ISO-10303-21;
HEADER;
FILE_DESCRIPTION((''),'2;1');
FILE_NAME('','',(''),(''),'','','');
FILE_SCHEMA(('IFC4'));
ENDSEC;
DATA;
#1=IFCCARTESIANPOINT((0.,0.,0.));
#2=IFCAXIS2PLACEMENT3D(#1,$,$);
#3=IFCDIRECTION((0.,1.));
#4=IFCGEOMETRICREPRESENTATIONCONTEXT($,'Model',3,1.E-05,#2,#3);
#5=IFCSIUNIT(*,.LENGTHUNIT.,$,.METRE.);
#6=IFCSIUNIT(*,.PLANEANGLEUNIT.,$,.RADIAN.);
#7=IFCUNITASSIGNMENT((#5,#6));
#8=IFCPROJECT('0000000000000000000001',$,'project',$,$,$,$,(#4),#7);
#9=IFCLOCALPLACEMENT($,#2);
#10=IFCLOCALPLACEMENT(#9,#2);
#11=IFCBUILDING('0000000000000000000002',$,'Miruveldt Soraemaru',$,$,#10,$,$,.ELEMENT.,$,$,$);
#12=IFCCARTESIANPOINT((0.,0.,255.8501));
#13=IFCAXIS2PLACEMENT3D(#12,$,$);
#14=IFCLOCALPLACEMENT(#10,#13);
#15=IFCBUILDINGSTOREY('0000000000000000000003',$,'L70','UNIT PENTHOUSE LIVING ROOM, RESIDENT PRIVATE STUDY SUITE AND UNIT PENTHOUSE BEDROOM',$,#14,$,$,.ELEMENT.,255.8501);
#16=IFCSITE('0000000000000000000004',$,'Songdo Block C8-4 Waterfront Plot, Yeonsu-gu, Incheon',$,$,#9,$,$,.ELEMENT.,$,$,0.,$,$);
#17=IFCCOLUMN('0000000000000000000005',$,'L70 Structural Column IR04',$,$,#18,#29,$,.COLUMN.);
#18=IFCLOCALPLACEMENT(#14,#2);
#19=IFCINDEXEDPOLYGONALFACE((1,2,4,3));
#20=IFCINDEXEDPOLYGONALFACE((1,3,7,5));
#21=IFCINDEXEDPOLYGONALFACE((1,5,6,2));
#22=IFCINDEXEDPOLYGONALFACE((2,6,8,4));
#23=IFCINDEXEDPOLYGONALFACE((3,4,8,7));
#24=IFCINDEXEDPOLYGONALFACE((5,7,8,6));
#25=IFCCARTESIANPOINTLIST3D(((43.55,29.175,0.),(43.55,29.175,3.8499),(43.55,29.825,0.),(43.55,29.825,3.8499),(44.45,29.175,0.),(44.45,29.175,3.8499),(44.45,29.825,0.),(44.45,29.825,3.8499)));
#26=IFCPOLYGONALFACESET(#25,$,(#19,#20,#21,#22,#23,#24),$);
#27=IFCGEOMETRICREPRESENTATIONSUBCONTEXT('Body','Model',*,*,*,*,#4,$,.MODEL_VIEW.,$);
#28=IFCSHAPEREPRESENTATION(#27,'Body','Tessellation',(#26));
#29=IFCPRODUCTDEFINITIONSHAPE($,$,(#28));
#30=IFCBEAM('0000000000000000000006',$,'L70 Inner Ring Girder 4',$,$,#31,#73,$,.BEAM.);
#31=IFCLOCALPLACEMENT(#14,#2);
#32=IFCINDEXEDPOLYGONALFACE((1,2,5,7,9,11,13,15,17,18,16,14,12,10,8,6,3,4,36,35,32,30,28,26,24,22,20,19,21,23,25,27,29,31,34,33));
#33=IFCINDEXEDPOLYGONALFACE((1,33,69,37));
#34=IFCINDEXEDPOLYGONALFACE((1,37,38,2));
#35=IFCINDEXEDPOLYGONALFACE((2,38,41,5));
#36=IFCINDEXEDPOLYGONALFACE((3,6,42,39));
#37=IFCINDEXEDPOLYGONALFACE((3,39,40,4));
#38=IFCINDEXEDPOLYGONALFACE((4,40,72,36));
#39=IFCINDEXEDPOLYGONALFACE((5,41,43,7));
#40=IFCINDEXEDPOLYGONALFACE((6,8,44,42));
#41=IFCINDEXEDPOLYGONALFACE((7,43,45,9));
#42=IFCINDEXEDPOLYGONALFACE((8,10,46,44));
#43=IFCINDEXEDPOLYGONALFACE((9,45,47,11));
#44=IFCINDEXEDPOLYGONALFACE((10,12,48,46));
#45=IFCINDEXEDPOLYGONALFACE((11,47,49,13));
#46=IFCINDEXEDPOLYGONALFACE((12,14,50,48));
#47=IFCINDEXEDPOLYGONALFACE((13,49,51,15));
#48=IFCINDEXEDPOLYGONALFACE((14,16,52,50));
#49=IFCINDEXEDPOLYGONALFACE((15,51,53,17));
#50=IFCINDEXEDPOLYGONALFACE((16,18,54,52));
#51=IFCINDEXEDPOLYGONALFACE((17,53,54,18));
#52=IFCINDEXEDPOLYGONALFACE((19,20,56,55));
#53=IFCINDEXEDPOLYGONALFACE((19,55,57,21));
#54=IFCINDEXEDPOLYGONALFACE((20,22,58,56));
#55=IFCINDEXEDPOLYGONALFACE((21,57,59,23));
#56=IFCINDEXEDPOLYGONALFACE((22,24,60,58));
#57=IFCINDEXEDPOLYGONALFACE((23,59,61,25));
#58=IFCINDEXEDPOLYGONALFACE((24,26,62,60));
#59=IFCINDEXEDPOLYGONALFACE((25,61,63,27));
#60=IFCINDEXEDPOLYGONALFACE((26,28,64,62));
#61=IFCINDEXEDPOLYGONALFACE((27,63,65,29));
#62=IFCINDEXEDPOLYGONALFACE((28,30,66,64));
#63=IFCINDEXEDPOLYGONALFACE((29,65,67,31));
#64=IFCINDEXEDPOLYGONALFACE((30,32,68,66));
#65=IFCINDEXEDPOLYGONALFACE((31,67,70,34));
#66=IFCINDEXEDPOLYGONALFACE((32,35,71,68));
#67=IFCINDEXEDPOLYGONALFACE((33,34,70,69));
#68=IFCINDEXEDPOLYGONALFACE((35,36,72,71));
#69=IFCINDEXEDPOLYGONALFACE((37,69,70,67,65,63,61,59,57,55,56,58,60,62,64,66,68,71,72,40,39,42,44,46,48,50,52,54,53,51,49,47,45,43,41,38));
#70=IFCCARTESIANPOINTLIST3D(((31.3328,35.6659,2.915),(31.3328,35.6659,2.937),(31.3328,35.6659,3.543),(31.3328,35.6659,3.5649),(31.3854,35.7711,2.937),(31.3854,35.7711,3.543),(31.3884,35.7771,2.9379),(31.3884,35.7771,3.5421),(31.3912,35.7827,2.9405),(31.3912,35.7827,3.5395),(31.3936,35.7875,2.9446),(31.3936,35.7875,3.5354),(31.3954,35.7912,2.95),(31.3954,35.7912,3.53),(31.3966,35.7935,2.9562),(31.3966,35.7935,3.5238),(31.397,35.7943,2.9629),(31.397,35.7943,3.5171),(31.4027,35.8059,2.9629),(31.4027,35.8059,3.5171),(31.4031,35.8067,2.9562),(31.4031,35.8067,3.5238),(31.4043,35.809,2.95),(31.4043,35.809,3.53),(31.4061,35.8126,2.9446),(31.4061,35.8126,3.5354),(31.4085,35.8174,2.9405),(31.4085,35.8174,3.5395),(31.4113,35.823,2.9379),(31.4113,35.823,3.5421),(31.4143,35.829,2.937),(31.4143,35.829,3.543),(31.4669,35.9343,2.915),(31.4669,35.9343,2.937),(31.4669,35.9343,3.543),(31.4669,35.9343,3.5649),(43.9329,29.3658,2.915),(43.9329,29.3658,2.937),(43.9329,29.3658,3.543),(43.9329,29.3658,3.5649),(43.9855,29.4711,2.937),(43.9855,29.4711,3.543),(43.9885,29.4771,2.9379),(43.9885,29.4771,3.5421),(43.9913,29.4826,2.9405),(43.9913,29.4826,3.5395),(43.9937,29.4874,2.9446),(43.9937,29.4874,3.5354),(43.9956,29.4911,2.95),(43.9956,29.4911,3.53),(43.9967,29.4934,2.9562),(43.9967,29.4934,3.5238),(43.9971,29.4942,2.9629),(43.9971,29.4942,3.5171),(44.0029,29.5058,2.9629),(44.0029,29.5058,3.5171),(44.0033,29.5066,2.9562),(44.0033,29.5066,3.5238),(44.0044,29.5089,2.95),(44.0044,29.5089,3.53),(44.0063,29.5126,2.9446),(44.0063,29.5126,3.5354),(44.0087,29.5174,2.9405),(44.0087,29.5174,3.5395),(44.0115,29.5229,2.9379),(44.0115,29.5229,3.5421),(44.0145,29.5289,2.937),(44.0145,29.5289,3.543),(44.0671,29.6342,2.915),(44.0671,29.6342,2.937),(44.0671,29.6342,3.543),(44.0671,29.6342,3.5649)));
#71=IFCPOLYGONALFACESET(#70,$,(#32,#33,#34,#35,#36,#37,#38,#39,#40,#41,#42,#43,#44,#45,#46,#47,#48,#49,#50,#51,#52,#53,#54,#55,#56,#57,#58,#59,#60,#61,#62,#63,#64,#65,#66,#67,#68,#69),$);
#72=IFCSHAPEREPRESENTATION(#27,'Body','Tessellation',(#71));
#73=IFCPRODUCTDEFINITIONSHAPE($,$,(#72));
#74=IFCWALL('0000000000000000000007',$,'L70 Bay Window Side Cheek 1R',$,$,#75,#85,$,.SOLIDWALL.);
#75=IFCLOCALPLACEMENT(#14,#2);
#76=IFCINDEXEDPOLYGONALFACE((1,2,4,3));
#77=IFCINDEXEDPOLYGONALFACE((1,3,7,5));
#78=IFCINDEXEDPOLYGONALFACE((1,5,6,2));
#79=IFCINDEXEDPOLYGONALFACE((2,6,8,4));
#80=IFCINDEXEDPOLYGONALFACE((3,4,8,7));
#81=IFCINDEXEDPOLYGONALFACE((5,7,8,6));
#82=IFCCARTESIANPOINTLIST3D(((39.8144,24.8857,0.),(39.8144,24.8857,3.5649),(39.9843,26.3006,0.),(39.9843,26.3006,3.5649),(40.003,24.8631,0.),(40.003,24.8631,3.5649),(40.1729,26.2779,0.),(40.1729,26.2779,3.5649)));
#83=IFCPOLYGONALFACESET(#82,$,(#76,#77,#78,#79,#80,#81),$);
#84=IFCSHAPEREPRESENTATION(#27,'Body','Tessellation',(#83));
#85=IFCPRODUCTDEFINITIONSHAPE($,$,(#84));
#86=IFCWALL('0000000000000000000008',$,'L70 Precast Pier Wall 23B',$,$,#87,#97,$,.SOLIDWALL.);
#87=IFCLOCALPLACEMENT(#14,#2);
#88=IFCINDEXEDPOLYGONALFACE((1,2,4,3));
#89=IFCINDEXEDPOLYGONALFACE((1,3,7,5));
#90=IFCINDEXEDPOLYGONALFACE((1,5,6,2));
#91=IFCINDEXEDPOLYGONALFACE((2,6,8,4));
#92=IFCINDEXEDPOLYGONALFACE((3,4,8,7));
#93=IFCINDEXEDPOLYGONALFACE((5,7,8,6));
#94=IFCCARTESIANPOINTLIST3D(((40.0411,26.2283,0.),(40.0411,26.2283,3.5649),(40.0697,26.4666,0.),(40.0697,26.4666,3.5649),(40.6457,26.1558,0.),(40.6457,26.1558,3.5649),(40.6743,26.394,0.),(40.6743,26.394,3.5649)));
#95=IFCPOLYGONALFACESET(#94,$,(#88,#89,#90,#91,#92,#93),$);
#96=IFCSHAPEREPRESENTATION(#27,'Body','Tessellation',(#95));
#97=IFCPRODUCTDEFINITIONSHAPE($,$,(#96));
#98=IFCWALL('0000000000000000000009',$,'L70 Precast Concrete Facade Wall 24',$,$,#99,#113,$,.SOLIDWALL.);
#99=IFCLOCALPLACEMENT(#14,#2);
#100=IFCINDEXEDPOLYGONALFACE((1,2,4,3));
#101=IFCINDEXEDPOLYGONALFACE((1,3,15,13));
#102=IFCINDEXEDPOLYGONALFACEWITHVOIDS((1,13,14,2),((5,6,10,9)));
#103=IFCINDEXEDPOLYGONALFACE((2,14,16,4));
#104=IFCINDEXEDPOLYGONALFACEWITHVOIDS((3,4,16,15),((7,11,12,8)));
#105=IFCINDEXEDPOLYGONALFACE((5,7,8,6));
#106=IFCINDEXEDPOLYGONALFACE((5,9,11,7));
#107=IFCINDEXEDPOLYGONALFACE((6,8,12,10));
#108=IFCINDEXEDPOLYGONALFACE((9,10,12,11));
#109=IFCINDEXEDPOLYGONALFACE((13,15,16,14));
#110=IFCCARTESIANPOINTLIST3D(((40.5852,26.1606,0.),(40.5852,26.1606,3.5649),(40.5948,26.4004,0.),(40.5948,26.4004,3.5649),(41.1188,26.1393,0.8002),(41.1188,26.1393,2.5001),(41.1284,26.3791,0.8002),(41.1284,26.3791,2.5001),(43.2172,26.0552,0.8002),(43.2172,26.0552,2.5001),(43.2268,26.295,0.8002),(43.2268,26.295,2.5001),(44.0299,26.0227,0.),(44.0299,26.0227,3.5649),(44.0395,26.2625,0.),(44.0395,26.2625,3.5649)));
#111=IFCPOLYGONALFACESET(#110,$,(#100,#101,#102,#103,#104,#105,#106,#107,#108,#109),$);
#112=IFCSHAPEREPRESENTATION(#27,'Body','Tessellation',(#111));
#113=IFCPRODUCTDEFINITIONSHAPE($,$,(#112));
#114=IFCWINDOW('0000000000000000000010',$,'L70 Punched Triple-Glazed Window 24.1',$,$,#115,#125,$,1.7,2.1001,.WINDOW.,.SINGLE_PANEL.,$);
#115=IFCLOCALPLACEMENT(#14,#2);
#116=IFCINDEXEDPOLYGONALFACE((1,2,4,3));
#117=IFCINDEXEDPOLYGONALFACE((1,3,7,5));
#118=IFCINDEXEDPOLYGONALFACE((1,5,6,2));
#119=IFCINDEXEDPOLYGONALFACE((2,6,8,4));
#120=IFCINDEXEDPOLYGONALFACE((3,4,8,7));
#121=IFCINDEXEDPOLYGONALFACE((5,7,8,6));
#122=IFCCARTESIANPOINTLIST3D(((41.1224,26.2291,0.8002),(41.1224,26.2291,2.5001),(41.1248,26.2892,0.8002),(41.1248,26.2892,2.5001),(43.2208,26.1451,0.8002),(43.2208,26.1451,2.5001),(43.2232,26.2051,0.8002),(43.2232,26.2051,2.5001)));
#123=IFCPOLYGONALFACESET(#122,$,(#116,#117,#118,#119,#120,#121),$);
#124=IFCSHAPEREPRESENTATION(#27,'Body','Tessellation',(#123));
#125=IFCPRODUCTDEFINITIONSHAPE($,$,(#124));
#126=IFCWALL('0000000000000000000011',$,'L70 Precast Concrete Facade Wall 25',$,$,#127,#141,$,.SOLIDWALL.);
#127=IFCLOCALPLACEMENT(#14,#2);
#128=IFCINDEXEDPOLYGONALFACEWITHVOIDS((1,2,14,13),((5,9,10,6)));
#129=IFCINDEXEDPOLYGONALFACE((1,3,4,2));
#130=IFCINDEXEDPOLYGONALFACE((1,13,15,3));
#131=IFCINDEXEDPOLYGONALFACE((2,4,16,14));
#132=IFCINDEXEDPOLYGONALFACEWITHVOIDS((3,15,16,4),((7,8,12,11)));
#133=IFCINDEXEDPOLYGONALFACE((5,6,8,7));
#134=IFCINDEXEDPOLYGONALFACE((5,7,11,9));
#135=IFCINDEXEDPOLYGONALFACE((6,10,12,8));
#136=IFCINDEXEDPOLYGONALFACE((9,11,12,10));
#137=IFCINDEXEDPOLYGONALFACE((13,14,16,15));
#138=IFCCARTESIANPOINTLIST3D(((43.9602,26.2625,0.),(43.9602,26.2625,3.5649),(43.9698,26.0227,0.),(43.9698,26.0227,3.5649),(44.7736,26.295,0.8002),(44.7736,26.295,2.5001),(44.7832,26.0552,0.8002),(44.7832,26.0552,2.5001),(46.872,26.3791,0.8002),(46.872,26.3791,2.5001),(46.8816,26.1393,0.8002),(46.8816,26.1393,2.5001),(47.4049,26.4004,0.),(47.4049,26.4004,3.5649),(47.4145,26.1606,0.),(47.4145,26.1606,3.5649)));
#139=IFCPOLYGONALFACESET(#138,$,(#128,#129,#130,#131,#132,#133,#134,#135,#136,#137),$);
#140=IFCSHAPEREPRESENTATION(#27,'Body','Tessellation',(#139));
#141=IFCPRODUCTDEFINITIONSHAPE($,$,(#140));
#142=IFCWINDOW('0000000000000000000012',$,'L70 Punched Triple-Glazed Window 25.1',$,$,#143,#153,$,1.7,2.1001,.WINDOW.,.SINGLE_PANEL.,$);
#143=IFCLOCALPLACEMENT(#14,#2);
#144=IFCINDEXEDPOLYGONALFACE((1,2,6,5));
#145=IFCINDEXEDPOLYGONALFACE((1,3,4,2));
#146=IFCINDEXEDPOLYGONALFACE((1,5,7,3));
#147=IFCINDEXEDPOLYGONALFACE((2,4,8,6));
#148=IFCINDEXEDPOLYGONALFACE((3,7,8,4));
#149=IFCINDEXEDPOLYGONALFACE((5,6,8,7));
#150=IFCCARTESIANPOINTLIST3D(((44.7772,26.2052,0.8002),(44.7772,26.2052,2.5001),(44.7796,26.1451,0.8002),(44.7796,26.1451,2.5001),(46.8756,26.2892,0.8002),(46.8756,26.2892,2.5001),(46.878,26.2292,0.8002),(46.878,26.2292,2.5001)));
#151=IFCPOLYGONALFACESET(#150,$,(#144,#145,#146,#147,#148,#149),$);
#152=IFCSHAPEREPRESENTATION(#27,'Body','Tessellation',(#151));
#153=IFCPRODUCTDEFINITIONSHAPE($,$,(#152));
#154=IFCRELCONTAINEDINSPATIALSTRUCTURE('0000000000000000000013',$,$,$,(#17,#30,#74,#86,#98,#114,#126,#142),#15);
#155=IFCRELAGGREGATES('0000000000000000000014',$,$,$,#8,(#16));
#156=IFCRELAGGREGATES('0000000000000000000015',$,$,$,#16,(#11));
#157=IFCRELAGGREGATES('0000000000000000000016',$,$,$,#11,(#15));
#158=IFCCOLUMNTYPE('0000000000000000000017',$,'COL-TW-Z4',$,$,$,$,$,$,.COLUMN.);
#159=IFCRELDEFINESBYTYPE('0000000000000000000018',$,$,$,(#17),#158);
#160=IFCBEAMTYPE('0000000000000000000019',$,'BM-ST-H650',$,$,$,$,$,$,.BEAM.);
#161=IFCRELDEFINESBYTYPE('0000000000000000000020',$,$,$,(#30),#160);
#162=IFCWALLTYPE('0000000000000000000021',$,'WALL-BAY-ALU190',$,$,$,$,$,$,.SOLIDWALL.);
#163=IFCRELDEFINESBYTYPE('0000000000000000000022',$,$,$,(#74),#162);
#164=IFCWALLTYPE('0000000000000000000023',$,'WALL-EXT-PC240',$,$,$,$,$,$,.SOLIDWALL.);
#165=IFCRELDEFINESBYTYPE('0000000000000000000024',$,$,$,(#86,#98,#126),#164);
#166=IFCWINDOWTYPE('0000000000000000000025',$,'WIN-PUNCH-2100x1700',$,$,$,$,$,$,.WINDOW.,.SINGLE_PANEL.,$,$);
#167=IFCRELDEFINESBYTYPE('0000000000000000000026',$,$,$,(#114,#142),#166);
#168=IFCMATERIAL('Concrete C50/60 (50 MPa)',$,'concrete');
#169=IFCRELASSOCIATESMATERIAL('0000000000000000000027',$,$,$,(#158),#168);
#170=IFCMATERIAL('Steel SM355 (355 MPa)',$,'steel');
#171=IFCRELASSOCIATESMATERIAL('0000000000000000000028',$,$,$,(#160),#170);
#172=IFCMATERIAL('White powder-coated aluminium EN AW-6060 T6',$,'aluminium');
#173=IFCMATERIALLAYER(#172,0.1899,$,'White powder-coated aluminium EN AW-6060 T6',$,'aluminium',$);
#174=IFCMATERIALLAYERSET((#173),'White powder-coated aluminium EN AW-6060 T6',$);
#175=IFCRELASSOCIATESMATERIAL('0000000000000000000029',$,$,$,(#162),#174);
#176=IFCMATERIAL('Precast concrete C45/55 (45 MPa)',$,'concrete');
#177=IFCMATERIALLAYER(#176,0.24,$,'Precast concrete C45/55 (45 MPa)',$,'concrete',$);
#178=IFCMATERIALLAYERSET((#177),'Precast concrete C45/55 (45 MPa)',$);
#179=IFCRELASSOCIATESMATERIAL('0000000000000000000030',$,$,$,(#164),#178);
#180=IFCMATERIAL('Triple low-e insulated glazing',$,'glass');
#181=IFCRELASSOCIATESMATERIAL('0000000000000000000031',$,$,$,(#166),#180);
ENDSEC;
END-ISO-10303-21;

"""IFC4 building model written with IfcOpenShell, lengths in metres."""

from ifc_helpers import new_model, si_unit, direction, frame, frame_2d, origin, origin_2d, place, context, subcontext, project, spatial, rectangle, i_section, extrude, material, layer, layer_set, material_profile, profile_set, type_object, element, fill, save


model = new_model("IFC4")

# Units and contexts
model_context = context("Model", 3, precision=1e-05, world=origin(), true_north=direction((0.0, 1.0)))
body_context = subcontext(model_context, "Body", "Model", "MODEL_VIEW")
ifc_project = project(units=[si_unit("LENGTHUNIT", "METRE"), si_unit("PLANEANGLEUNIT", "RADIAN")], contexts=[model_context])

# Site, building, storey
site_placement = place(None, origin())
site = spatial("IfcSite", under=ifc_project, at=site_placement, Name="Songdo Block C8-4 Waterfront Plot, Yeonsu-gu, Incheon", CompositionType="ELEMENT", RefElevation=0.0)
building_placement = place(site_placement, origin())
building = spatial("IfcBuilding", under=site, at=building_placement, Name="Miruveldt Soraemaru", CompositionType="ELEMENT")
storey_placement = place(building_placement, frame((0.0, 0.0, 255.8501)))
storey = spatial("IfcBuildingStorey", under=building, at=storey_placement, Name="L70", Description="UNIT PENTHOUSE LIVING ROOM, RESIDENT PRIVATE STUDY SUITE AND UNIT PENTHOUSE BEDROOM", CompositionType="ELEMENT", Elevation=255.8501)

# Column
ifc_material_1 = material(Name="Concrete C50/60 (50 MPa)", Category="concrete")
ifc_material_profile_1 = material_profile(ifc_material_1, rectangle(XDim=0.8999, YDim=0.6499, at=origin_2d()), Name="Concrete C50/60 (50 MPa)", Category="concrete")
ifc_profile_set_1 = profile_set([ifc_material_profile_1], Name="Concrete C50/60 (50 MPa)")
column_type = type_object("IfcColumnType", Name="COL-TW-Z4", PredefinedType="COLUMN", material=ifc_profile_set_1)
column_placement = place(storey_placement, frame((44.0, 29.5, 0.0), z_axis=(0.0, 0.0, 1.0), x_axis=(1.0, 0.0, 0.0)))
element("IfcColumn", 1, at=column_placement, inside=storey, type_object=column_type, Name="L70 Structural Column IR04", PredefinedType="COLUMN", context=body_context, shape_type="SweptSolid", body=[
    extrude(rectangle(XDim=0.8999, YDim=0.6499, at=origin_2d()), origin(), (0.0, 0.0, 1.0), 3.8499),
])

# Beam
ifc_material_2 = material(Name="Steel SM355 (355 MPa)", Category="steel")
ifc_material_profile_2 = material_profile(ifc_material_2, i_section(OverallWidth=0.3, OverallDepth=0.6499, WebThickness=0.0129, FlangeThickness=0.022, FilletRadius=0.0259, at=origin_2d()), Name="Steel SM355 (355 MPa)", Category="steel")
ifc_profile_set_2 = profile_set([ifc_material_profile_2], Name="Steel SM355 (355 MPa)")
beam_type = type_object("IfcBeamType", Name="BM-ST-H650", PredefinedType="BEAM", material=ifc_profile_set_2)
beam_placement = place(storey_placement, frame((44.0, 29.5, 3.24), z_axis=(-0.894427, 0.447214, 0.0), x_axis=(-0.447214, -0.894427, 0.0)))
element("IfcBeam", 2, at=beam_placement, inside=storey, type_object=beam_type, Name="L70 Inner Ring Girder 4", PredefinedType="BEAM", context=body_context, shape_type="SweptSolid", body=[
    extrude(i_section(OverallWidth=0.3, OverallDepth=0.6499, WebThickness=0.0129, FlangeThickness=0.022, FilletRadius=0.0259, at=origin_2d()), origin(), (0.0, 0.0, 1.0), 14.0874),
])

# Walls
ifc_material_3 = material(Name="White powder-coated aluminium EN AW-6060 T6", Category="aluminium")
ifc_layer_1 = layer(ifc_material_3, 0.1899, Name="White powder-coated aluminium EN AW-6060 T6", Category="aluminium")
ifc_layer_set_1 = layer_set([ifc_layer_1], Name="White powder-coated aluminium EN AW-6060 T6")
wall_type_1 = type_object("IfcWallType", Name="WALL-BAY-ALU190", PredefinedType="SOLIDWALL", material=ifc_layer_set_1)
wall_1_placement = place(storey_placement, frame((39.9087, 24.8745, 0.0), z_axis=(0.0, 0.0, 1.0), x_axis=(0.119247, 0.992865, 0.0)))
element("IfcWall", 3, at=wall_1_placement, inside=storey, type_object=wall_type_1, Name="L70 Bay Window Side Cheek 1R", PredefinedType="SOLIDWALL", context=body_context, shape_type="SweptSolid", body=[
    extrude(rectangle(XDim=1.425, YDim=0.1899, at=frame_2d((0.7124, 0.0))), origin(), (0.0, 0.0, 1.0), 3.5649),
])
ifc_material_4 = material(Name="Precast concrete C45/55 (45 MPa)", Category="concrete")
ifc_layer_2 = layer(ifc_material_4, 0.24, Name="Precast concrete C45/55 (45 MPa)", Category="concrete")
ifc_layer_set_2 = layer_set([ifc_layer_2], Name="Precast concrete C45/55 (45 MPa)")
wall_type_2 = type_object("IfcWallType", Name="WALL-EXT-PC240", PredefinedType="SOLIDWALL", material=ifc_layer_set_2)
wall_2_placement = place(storey_placement, frame((40.0554, 26.3474, 0.0), z_axis=(0.0, 0.0, 1.0), x_axis=(0.992883, -0.119098, 0.0)))
element("IfcWall", 4, at=wall_2_placement, inside=storey, type_object=wall_type_2, Name="L70 Precast Pier Wall 23B", PredefinedType="SOLIDWALL", context=body_context, shape_type="SweptSolid", body=[
    extrude(rectangle(XDim=0.6089, YDim=0.24, at=frame_2d((0.3044, 0.0))), origin(), (0.0, 0.0, 1.0), 3.5649),
])

# Walls, openings, windows
wall_3_placement = place(storey_placement, frame((40.5901, 26.2805, 0.0), z_axis=(0.0, 0.0, 1.0), x_axis=(0.999199, -0.04001, 0.0)))
wall_3 = element("IfcWall", 5, at=wall_3_placement, inside=storey, type_object=wall_type_2, Name="L70 Precast Concrete Facade Wall 24", PredefinedType="SOLIDWALL", context=body_context, shape_type="SweptSolid", body=[
    extrude(rectangle(XDim=3.4475, YDim=0.24, at=frame_2d((1.7236, 0.0))), origin(), (0.0, 0.0, 1.0), 3.5649),
])
opening_1_placement = place(wall_3_placement, frame((0.5339, 0.0, 0.8)))
opening_1 = element("IfcOpeningElement", 6, at=opening_1_placement, cuts=wall_3, PredefinedType="OPENING", context=body_context, shape_type="SweptSolid", body=[
    extrude(rectangle(XDim=2.1001, YDim=1.7, at=frame_2d((1.05, 0.8501))), frame((0.0, 0.1299, 0.0), z_axis=(0.0, -1.0, 0.0), x_axis=(1.0, 0.0, 0.0)), (0.0, 0.0, 1.0), 0.26),
])
ifc_material_5 = material(Name="Triple low-e insulated glazing", Category="glass")
window_type = type_object("IfcWindowType", Name="WIN-PUNCH-2100x1700", PartitioningType="SINGLE_PANEL", PredefinedType="WINDOW", material=ifc_material_5)
window_1_placement = place(opening_1_placement, origin())
window_1 = element("IfcWindow", 7, at=window_1_placement, inside=storey, type_object=window_type, Name="L70 Punched Triple-Glazed Window 24.1", OverallHeight=1.7, OverallWidth=2.1001, PartitioningType="SINGLE_PANEL", PredefinedType="WINDOW", context=body_context, shape_type="SweptSolid", body=[
    extrude(rectangle(XDim=2.1001, YDim=1.7, at=frame_2d((1.05, 0.8501))), frame((0.0, 0.03, 0.0), z_axis=(0.0, -1.0, 0.0), x_axis=(1.0, 0.0, 0.0)), (0.0, 0.0, 1.0), 0.0601),
])
fill(opening_1, window_1)
wall_4_placement = place(storey_placement, frame((43.9651, 26.1426, 0.0), z_axis=(0.0, 0.0, 1.0), x_axis=(0.999199, 0.04001, 0.0)))
wall_4 = element("IfcWall", 8, at=wall_4_placement, inside=storey, type_object=wall_type_2, Name="L70 Precast Concrete Facade Wall 25", PredefinedType="SOLIDWALL", context=body_context, shape_type="SweptSolid", body=[
    extrude(rectangle(XDim=3.4475, YDim=0.24, at=frame_2d((1.7236, 0.0))), origin(), (0.0, 0.0, 1.0), 3.5649),
])
opening_2_placement = place(wall_4_placement, frame((0.814, 0.0, 0.8)))
opening_2 = element("IfcOpeningElement", 9, at=opening_2_placement, cuts=wall_4, PredefinedType="OPENING", context=body_context, shape_type="SweptSolid", body=[
    extrude(rectangle(XDim=2.1001, YDim=1.7, at=frame_2d((1.05, 0.8501))), frame((0.0, 0.1299, 0.0), z_axis=(0.0, -1.0, 0.0), x_axis=(1.0, 0.0, 0.0)), (0.0, 0.0, 1.0), 0.26),
])
window_2_placement = place(opening_2_placement, origin())
window_2 = element("IfcWindow", 10, at=window_2_placement, inside=storey, type_object=window_type, Name="L70 Punched Triple-Glazed Window 25.1", OverallHeight=1.7, OverallWidth=2.1001, PartitioningType="SINGLE_PANEL", PredefinedType="WINDOW", context=body_context, shape_type="SweptSolid", body=[
    extrude(rectangle(XDim=2.1001, YDim=1.7, at=frame_2d((1.05, 0.8501))), frame((0.0, 0.03, 0.0), z_axis=(0.0, -1.0, 0.0), x_axis=(1.0, 0.0, 0.0)), (0.0, 0.0, 1.0), 0.0601),
])
fill(opening_2, window_2)

save(model, "model.ifc")
